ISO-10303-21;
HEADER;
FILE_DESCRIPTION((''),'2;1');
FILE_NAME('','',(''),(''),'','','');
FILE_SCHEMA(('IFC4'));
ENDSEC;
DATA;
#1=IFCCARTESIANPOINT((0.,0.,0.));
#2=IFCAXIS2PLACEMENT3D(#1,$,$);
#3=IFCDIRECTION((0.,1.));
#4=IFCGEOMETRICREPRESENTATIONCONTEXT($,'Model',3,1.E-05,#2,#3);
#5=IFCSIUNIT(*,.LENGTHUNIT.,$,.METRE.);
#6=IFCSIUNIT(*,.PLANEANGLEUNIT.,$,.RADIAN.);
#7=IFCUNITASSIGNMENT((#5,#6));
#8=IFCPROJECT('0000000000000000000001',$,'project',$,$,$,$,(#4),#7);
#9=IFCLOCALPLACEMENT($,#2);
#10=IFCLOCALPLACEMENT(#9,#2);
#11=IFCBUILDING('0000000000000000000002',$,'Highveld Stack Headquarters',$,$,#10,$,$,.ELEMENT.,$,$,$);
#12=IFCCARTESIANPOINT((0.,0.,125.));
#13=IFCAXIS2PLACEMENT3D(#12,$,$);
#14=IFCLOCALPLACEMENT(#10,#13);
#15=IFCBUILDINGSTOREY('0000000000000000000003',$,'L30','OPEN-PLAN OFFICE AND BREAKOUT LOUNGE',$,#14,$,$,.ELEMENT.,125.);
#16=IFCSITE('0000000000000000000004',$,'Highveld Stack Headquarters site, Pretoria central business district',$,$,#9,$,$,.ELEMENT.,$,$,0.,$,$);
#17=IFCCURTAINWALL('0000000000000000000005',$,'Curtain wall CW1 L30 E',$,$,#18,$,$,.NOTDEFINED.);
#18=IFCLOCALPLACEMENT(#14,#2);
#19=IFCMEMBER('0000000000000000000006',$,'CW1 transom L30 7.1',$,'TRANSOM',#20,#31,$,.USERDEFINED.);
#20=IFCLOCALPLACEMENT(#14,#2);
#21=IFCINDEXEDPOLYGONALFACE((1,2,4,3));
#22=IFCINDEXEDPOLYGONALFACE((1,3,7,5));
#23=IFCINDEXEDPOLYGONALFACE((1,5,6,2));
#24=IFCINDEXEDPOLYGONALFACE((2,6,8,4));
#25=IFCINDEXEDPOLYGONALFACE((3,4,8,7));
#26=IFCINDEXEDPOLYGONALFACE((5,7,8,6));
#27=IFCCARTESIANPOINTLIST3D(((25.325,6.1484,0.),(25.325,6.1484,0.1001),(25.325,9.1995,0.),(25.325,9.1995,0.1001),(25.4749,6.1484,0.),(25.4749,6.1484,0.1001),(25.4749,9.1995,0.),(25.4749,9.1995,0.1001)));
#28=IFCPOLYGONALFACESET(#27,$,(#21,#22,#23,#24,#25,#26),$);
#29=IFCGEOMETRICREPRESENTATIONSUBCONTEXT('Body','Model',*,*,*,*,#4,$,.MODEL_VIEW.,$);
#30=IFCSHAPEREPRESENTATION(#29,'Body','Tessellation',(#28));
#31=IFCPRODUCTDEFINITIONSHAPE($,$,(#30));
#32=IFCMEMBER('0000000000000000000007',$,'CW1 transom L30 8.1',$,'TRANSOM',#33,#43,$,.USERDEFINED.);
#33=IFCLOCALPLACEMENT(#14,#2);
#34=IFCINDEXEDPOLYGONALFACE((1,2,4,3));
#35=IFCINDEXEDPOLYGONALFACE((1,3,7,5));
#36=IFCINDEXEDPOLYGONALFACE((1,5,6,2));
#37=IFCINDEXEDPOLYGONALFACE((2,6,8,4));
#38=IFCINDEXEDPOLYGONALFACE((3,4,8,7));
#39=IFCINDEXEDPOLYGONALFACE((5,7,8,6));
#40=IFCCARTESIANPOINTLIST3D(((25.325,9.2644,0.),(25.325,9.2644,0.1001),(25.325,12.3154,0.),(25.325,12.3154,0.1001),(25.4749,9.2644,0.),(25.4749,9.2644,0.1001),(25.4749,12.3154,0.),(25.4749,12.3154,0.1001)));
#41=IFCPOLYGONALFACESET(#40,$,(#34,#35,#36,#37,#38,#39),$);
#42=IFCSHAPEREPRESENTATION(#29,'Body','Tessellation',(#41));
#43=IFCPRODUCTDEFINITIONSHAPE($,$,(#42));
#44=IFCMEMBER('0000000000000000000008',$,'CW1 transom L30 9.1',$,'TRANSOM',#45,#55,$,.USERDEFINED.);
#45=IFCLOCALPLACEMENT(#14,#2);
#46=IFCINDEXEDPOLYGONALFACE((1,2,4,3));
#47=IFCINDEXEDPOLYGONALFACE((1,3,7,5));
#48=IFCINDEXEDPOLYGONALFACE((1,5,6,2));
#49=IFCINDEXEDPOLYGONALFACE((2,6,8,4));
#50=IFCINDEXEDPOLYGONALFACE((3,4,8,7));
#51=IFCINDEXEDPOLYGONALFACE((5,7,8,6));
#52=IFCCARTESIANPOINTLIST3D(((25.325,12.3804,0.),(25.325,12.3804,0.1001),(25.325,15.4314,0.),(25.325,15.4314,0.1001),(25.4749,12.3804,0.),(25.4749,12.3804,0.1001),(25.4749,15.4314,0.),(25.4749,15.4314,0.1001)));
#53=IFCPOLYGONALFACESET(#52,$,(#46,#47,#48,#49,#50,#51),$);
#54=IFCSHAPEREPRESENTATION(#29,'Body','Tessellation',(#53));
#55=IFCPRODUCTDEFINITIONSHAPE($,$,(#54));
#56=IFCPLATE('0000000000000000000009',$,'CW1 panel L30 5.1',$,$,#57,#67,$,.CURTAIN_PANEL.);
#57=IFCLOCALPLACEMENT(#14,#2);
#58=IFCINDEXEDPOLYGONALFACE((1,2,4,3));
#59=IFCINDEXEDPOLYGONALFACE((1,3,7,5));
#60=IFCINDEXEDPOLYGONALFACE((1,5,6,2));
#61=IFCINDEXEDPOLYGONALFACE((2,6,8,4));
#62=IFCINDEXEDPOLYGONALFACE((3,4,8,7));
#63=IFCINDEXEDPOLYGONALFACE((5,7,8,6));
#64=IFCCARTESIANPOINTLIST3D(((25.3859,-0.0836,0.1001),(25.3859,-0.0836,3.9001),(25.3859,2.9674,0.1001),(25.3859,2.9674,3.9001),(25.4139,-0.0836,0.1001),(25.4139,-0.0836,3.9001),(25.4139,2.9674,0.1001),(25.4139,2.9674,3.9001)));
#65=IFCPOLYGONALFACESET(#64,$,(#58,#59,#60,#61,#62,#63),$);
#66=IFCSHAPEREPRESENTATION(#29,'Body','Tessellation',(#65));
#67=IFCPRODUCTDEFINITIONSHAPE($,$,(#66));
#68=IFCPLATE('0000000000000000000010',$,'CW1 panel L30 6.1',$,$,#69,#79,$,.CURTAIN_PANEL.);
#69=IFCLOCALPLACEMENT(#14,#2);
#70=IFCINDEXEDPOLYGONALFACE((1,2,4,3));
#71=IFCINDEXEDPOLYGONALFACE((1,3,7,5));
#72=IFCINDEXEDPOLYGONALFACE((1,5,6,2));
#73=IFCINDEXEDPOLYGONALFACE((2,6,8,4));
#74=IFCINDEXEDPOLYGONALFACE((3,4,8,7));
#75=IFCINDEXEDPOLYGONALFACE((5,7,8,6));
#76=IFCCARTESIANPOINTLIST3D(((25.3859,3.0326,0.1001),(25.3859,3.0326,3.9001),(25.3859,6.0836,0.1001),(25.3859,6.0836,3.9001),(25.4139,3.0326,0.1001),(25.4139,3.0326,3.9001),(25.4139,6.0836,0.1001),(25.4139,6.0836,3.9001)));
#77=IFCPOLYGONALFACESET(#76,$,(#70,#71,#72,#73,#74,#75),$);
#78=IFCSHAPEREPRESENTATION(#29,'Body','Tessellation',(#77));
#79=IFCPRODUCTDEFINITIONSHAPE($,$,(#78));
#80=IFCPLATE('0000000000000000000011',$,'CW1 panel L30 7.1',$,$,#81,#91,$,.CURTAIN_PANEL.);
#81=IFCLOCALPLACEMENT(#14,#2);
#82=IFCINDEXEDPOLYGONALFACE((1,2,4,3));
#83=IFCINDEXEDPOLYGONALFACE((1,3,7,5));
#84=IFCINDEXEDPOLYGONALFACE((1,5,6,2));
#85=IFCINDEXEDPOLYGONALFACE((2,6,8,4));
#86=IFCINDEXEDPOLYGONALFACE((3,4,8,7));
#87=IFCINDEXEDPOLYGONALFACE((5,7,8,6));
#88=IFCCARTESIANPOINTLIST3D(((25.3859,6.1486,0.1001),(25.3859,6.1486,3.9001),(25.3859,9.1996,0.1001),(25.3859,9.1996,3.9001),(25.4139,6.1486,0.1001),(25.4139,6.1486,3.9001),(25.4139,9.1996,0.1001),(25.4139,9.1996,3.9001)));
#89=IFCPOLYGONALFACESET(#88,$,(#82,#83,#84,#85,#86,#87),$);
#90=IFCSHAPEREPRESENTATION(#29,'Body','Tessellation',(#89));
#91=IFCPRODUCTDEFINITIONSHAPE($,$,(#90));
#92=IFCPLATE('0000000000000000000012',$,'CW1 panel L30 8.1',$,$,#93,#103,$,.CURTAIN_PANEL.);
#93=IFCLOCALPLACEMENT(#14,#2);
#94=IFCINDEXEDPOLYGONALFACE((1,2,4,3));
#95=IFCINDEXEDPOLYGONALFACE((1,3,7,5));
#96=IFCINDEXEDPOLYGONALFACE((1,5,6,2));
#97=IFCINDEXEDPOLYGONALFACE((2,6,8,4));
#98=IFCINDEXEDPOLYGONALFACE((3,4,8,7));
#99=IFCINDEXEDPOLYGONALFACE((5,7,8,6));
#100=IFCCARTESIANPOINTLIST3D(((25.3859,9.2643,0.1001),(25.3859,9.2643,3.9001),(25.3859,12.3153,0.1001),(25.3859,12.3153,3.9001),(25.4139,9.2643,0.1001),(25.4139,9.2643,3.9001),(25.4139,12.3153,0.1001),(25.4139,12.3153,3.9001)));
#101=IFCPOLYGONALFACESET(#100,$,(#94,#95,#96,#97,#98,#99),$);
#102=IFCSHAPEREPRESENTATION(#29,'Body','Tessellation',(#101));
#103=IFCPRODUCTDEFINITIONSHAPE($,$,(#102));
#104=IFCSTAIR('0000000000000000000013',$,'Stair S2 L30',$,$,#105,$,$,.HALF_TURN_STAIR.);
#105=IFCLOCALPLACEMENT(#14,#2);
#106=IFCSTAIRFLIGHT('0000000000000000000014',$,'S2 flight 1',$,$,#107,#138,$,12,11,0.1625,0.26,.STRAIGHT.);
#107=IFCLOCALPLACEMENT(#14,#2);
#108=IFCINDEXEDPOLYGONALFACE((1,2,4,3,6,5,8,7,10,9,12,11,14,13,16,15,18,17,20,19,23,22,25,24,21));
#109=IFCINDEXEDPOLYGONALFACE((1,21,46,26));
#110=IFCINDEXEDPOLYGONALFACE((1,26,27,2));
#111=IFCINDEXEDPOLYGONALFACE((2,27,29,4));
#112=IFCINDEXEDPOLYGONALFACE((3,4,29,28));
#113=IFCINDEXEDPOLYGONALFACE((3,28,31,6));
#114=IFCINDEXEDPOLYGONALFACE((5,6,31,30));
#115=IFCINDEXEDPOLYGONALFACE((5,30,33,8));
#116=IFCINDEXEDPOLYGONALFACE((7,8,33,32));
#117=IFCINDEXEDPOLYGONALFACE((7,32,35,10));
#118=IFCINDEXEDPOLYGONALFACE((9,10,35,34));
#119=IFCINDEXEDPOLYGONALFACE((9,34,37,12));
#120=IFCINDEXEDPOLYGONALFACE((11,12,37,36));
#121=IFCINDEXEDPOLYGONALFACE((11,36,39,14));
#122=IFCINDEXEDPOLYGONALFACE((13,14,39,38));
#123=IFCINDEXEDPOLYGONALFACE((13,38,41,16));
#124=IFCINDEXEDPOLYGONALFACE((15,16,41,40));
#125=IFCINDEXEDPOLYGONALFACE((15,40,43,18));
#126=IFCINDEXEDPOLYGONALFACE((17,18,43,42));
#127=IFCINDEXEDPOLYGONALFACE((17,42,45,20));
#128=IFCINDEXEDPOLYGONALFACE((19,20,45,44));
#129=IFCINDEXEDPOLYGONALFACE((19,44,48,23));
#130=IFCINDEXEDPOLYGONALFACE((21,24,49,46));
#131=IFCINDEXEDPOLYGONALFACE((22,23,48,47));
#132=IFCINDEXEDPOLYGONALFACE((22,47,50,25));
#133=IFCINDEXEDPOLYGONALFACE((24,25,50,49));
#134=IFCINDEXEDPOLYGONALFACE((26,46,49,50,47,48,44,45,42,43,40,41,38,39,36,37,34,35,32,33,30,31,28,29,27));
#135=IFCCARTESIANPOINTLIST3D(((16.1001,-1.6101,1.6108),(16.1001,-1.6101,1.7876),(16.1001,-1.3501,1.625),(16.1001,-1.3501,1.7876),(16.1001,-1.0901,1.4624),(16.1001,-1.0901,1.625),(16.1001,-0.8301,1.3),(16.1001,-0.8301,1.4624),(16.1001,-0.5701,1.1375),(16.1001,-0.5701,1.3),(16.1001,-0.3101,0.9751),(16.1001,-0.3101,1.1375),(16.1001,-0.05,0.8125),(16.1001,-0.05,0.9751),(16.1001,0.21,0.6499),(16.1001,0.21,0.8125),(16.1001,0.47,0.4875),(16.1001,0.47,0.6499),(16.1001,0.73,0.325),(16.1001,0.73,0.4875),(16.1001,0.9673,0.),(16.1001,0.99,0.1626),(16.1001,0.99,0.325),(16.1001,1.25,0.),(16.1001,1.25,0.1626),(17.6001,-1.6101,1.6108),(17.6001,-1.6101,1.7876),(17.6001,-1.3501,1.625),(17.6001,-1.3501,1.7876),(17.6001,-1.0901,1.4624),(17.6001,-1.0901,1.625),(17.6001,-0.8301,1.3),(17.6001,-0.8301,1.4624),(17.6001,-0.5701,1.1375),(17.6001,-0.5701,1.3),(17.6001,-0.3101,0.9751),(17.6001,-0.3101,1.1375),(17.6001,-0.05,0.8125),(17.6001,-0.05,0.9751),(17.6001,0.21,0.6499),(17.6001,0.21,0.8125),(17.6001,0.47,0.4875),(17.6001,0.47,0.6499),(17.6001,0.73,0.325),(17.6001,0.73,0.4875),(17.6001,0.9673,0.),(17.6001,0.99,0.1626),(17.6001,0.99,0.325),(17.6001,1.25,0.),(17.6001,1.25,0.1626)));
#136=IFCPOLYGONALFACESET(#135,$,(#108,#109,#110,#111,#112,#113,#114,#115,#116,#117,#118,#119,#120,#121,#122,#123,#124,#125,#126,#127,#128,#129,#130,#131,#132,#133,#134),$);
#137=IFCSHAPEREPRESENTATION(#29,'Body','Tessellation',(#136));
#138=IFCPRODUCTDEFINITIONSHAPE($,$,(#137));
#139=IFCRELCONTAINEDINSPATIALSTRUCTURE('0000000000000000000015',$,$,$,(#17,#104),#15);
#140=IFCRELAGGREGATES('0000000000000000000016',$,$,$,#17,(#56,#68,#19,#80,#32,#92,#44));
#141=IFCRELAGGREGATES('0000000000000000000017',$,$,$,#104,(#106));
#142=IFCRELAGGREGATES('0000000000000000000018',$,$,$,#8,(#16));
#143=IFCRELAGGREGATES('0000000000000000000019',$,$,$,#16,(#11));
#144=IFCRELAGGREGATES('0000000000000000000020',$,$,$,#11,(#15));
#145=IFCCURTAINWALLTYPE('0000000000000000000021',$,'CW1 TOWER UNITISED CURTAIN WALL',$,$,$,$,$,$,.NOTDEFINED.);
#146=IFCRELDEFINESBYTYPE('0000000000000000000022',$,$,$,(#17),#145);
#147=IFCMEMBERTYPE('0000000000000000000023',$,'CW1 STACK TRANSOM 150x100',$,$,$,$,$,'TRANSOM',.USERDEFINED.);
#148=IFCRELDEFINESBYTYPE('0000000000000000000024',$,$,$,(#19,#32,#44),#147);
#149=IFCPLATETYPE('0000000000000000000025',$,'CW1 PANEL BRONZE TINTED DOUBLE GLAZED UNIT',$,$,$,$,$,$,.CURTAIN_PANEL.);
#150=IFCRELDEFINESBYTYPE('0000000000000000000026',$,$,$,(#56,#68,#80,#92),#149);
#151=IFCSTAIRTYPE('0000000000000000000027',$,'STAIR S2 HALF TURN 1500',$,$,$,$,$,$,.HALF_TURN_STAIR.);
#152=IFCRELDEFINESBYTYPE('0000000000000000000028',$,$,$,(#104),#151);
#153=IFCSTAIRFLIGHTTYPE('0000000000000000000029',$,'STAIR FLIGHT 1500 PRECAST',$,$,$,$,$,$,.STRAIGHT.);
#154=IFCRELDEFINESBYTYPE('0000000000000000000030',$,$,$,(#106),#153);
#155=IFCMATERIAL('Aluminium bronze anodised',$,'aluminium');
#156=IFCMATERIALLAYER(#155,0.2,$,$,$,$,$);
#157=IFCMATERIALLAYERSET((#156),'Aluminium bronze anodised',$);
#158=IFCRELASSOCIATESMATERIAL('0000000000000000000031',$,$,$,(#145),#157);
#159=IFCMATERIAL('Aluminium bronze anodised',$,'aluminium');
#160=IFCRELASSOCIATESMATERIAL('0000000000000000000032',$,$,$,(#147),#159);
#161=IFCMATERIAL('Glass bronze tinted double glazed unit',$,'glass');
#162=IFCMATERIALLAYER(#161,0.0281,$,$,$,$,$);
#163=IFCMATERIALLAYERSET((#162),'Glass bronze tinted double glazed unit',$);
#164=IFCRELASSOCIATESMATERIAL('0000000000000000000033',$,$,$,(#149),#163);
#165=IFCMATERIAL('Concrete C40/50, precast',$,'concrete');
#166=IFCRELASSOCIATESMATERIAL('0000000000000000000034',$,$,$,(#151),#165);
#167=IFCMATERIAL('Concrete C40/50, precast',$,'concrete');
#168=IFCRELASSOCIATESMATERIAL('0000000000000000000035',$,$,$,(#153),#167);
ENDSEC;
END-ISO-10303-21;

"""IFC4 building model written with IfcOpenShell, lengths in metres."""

from ifc_helpers import new_model, si_unit, direction, frame, origin, origin_2d, place, context, subcontext, project, spatial, polyline, rectangle, outline, extrude, material, layer, layer_set, material_profile, profile_set, type_object, element, aggregate, save


model = new_model("IFC4")

# Units and contexts
model_context = context("Model", 3, precision=1e-05, world=origin(), true_north=direction((0.0, 1.0)))
body_context = subcontext(model_context, "Body", "Model", "MODEL_VIEW")
ifc_project = project(units=[si_unit("LENGTHUNIT", "METRE"), si_unit("PLANEANGLEUNIT", "RADIAN")], contexts=[model_context])

# Site, building, storey
site_placement = place(None, origin())
site = spatial("IfcSite", under=ifc_project, at=site_placement, Name="Highveld Stack Headquarters site, Pretoria central business district", CompositionType="ELEMENT", RefElevation=0.0)
building_placement = place(site_placement, origin())
building = spatial("IfcBuilding", under=site, at=building_placement, Name="Highveld Stack Headquarters", CompositionType="ELEMENT")
storey_placement = place(building_placement, frame((0.0, 0.0, 125.0)))
storey = spatial("IfcBuildingStorey", under=building, at=storey_placement, Name="L30", Description="OPEN-PLAN OFFICE AND BREAKOUT LOUNGE", CompositionType="ELEMENT", Elevation=125.0)

# Curtain wall, members, plates
ifc_material_1 = material(Name="Aluminium bronze anodised", Category="aluminium")
ifc_layer_1 = layer(ifc_material_1, 0.2)
ifc_layer_set_1 = layer_set([ifc_layer_1], Name="Aluminium bronze anodised")
curtain_wall_type = type_object("IfcCurtainWallType", Name="CW1 TOWER UNITISED CURTAIN WALL", PredefinedType="NOTDEFINED", material=ifc_layer_set_1)
curtain_wall_placement = place(storey_placement, origin())
curtain_wall = element("IfcCurtainWall", 1, at=curtain_wall_placement, inside=storey, type_object=curtain_wall_type, Name="Curtain wall CW1 L30 E", PredefinedType="NOTDEFINED")
ifc_material_2 = material(Name="Aluminium bronze anodised", Category="aluminium")
ifc_material_profile_1 = material_profile(ifc_material_2, rectangle(XDim=0.1499, YDim=0.1001, at=origin_2d()), Name="CW1 TRANSOM 150x100")
ifc_profile_set_1 = profile_set([ifc_material_profile_1], Name="Aluminium bronze anodised")
member_type_1 = type_object("IfcMemberType", Name="CW1 STACK TRANSOM 150x100", ElementType="TRANSOM", PredefinedType="USERDEFINED", material=ifc_profile_set_1)
member_1_placement = place(storey_placement, frame((25.3999, 6.1484, 0.05), z_axis=(0.0, 1.0, 0.0), x_axis=(-1.0, 0.0, 0.0)))
member_1 = element("IfcMember", 2, at=member_1_placement, type_object=member_type_1, Name="CW1 transom L30 7.1", ObjectType="TRANSOM", PredefinedType="USERDEFINED", context=body_context, shape_type="SweptSolid", body=[
    extrude(rectangle(XDim=0.1499, YDim=0.1001, at=origin_2d()), origin(), (0.0, 0.0, 1.0), 3.051),
])
member_2_placement = place(storey_placement, frame((25.3999, 9.2644, 0.05), z_axis=(0.0, 1.0, 0.0), x_axis=(-1.0, 0.0, 0.0)))
member_2 = element("IfcMember", 3, at=member_2_placement, type_object=member_type_1, Name="CW1 transom L30 8.1", ObjectType="TRANSOM", PredefinedType="USERDEFINED", context=body_context, shape_type="SweptSolid", body=[
    extrude(rectangle(XDim=0.1499, YDim=0.1001, at=origin_2d()), origin(), (0.0, 0.0, 1.0), 3.051),
])
member_3_placement = place(storey_placement, frame((25.3999, 12.3804, 0.05), z_axis=(0.0, 1.0, 0.0), x_axis=(-1.0, 0.0, 0.0)))
member_3 = element("IfcMember", 4, at=member_3_placement, type_object=member_type_1, Name="CW1 transom L30 9.1", ObjectType="TRANSOM", PredefinedType="USERDEFINED", context=body_context, shape_type="SweptSolid", body=[
    extrude(rectangle(XDim=0.1499, YDim=0.1001, at=origin_2d()), origin(), (0.0, 0.0, 1.0), 3.051),
])
ifc_material_3 = material(Name="Glass bronze tinted double glazed unit", Category="glass")
ifc_layer_2 = layer(ifc_material_3, 0.0281)
ifc_layer_set_2 = layer_set([ifc_layer_2], Name="Glass bronze tinted double glazed unit")
plate_type = type_object("IfcPlateType", Name="CW1 PANEL BRONZE TINTED DOUBLE GLAZED UNIT", PredefinedType="CURTAIN_PANEL", material=ifc_layer_set_2)
plate_1_placement = place(storey_placement, frame((25.3999, 1.4419, 0.1001), z_axis=(0.0, 0.0, 1.0), x_axis=(0.0, 1.0, 0.0)))
plate_1 = element("IfcPlate", 5, at=plate_1_placement, type_object=plate_type, Name="CW1 panel L30 5.1", PredefinedType="CURTAIN_PANEL", context=body_context, shape_type="SweptSolid", body=[
    extrude(rectangle(XDim=3.051, YDim=0.0281, at=origin_2d()), origin(), (0.0, 0.0, 1.0), 3.8),
])
plate_2_placement = place(storey_placement, frame((25.3999, 4.5581, 0.1001), z_axis=(0.0, 0.0, 1.0), x_axis=(0.0, 1.0, 0.0)))
plate_2 = element("IfcPlate", 6, at=plate_2_placement, type_object=plate_type, Name="CW1 panel L30 6.1", PredefinedType="CURTAIN_PANEL", context=body_context, shape_type="SweptSolid", body=[
    extrude(rectangle(XDim=3.051, YDim=0.0281, at=origin_2d()), origin(), (0.0, 0.0, 1.0), 3.8),
])
plate_3_placement = place(storey_placement, frame((25.3999, 7.6741, 0.1001), z_axis=(0.0, 0.0, 1.0), x_axis=(0.0, 1.0, 0.0)))
plate_3 = element("IfcPlate", 7, at=plate_3_placement, type_object=plate_type, Name="CW1 panel L30 7.1", PredefinedType="CURTAIN_PANEL", context=body_context, shape_type="SweptSolid", body=[
    extrude(rectangle(XDim=3.051, YDim=0.0281, at=origin_2d()), origin(), (0.0, 0.0, 1.0), 3.8),
])
plate_4_placement = place(storey_placement, frame((25.3999, 10.7898, 0.1001), z_axis=(0.0, 0.0, 1.0), x_axis=(0.0, 1.0, 0.0)))
plate_4 = element("IfcPlate", 8, at=plate_4_placement, type_object=plate_type, Name="CW1 panel L30 8.1", PredefinedType="CURTAIN_PANEL", context=body_context, shape_type="SweptSolid", body=[
    extrude(rectangle(XDim=3.051, YDim=0.0281, at=origin_2d()), origin(), (0.0, 0.0, 1.0), 3.8),
])
aggregate(curtain_wall, [plate_1, plate_2, member_1, plate_3, member_2, plate_4, member_3])

# Stair, stair flight
ifc_material_4 = material(Name="Concrete C40/50, precast", Category="concrete")
stair_type = type_object("IfcStairType", Name="STAIR S2 HALF TURN 1500", PredefinedType="HALF_TURN_STAIR", material=ifc_material_4)
stair_placement = place(storey_placement, origin())
stair = element("IfcStair", 9, at=stair_placement, inside=storey, type_object=stair_type, Name="Stair S2 L30", PredefinedType="HALF_TURN_STAIR")
ifc_material_5 = material(Name="Concrete C40/50, precast", Category="concrete")
stair_flight_type = type_object("IfcStairFlightType", Name="STAIR FLIGHT 1500 PRECAST", PredefinedType="STRAIGHT", material=ifc_material_5)
stair_flight_placement = place(storey_placement, frame((16.8501, 1.25, 0.0), z_axis=(0.0, 0.0, 1.0), x_axis=(0.0, -1.0, 0.0)))
stair_flight = element("IfcStairFlight", 10, at=stair_flight_placement, type_object=stair_flight_type, Name="S2 flight 1", NumberOfRisers=12, NumberOfTreads=11, PredefinedType="STRAIGHT", RiserHeight=0.1625, TreadLength=0.26, context=body_context, shape_type="SweptSolid", body=[
    extrude(outline(polyline([(0.0, 0.0), (0.0, 0.1626), (0.26, 0.1626), (0.26, 0.325), (0.52, 0.325), (0.52, 0.4875), (0.78, 0.4875), (0.78, 0.6499), (1.04, 0.6499), (1.04, 0.8125), (1.3, 0.8125), (1.3, 0.9751), (1.5601, 0.9751), (1.5601, 1.1375), (1.8201, 1.1375), (1.8201, 1.3), (2.0801, 1.3), (2.0801, 1.4624), (2.3401, 1.4624), (2.3401, 1.625), (2.6001, 1.625), (2.6001, 1.7876), (2.8601, 1.7876), (2.8601, 1.95), (2.8601, 1.6108), (0.2827, 0.0), (0.0, 0.0)])), frame((0.0, 0.75, 0.0), z_axis=(0.0, -1.0, 0.0), x_axis=(1.0, 0.0, 0.0)), (0.0, 0.0, 1.0), 1.5),
])
aggregate(stair, [stair_flight])

save(model, "model.ifc")
